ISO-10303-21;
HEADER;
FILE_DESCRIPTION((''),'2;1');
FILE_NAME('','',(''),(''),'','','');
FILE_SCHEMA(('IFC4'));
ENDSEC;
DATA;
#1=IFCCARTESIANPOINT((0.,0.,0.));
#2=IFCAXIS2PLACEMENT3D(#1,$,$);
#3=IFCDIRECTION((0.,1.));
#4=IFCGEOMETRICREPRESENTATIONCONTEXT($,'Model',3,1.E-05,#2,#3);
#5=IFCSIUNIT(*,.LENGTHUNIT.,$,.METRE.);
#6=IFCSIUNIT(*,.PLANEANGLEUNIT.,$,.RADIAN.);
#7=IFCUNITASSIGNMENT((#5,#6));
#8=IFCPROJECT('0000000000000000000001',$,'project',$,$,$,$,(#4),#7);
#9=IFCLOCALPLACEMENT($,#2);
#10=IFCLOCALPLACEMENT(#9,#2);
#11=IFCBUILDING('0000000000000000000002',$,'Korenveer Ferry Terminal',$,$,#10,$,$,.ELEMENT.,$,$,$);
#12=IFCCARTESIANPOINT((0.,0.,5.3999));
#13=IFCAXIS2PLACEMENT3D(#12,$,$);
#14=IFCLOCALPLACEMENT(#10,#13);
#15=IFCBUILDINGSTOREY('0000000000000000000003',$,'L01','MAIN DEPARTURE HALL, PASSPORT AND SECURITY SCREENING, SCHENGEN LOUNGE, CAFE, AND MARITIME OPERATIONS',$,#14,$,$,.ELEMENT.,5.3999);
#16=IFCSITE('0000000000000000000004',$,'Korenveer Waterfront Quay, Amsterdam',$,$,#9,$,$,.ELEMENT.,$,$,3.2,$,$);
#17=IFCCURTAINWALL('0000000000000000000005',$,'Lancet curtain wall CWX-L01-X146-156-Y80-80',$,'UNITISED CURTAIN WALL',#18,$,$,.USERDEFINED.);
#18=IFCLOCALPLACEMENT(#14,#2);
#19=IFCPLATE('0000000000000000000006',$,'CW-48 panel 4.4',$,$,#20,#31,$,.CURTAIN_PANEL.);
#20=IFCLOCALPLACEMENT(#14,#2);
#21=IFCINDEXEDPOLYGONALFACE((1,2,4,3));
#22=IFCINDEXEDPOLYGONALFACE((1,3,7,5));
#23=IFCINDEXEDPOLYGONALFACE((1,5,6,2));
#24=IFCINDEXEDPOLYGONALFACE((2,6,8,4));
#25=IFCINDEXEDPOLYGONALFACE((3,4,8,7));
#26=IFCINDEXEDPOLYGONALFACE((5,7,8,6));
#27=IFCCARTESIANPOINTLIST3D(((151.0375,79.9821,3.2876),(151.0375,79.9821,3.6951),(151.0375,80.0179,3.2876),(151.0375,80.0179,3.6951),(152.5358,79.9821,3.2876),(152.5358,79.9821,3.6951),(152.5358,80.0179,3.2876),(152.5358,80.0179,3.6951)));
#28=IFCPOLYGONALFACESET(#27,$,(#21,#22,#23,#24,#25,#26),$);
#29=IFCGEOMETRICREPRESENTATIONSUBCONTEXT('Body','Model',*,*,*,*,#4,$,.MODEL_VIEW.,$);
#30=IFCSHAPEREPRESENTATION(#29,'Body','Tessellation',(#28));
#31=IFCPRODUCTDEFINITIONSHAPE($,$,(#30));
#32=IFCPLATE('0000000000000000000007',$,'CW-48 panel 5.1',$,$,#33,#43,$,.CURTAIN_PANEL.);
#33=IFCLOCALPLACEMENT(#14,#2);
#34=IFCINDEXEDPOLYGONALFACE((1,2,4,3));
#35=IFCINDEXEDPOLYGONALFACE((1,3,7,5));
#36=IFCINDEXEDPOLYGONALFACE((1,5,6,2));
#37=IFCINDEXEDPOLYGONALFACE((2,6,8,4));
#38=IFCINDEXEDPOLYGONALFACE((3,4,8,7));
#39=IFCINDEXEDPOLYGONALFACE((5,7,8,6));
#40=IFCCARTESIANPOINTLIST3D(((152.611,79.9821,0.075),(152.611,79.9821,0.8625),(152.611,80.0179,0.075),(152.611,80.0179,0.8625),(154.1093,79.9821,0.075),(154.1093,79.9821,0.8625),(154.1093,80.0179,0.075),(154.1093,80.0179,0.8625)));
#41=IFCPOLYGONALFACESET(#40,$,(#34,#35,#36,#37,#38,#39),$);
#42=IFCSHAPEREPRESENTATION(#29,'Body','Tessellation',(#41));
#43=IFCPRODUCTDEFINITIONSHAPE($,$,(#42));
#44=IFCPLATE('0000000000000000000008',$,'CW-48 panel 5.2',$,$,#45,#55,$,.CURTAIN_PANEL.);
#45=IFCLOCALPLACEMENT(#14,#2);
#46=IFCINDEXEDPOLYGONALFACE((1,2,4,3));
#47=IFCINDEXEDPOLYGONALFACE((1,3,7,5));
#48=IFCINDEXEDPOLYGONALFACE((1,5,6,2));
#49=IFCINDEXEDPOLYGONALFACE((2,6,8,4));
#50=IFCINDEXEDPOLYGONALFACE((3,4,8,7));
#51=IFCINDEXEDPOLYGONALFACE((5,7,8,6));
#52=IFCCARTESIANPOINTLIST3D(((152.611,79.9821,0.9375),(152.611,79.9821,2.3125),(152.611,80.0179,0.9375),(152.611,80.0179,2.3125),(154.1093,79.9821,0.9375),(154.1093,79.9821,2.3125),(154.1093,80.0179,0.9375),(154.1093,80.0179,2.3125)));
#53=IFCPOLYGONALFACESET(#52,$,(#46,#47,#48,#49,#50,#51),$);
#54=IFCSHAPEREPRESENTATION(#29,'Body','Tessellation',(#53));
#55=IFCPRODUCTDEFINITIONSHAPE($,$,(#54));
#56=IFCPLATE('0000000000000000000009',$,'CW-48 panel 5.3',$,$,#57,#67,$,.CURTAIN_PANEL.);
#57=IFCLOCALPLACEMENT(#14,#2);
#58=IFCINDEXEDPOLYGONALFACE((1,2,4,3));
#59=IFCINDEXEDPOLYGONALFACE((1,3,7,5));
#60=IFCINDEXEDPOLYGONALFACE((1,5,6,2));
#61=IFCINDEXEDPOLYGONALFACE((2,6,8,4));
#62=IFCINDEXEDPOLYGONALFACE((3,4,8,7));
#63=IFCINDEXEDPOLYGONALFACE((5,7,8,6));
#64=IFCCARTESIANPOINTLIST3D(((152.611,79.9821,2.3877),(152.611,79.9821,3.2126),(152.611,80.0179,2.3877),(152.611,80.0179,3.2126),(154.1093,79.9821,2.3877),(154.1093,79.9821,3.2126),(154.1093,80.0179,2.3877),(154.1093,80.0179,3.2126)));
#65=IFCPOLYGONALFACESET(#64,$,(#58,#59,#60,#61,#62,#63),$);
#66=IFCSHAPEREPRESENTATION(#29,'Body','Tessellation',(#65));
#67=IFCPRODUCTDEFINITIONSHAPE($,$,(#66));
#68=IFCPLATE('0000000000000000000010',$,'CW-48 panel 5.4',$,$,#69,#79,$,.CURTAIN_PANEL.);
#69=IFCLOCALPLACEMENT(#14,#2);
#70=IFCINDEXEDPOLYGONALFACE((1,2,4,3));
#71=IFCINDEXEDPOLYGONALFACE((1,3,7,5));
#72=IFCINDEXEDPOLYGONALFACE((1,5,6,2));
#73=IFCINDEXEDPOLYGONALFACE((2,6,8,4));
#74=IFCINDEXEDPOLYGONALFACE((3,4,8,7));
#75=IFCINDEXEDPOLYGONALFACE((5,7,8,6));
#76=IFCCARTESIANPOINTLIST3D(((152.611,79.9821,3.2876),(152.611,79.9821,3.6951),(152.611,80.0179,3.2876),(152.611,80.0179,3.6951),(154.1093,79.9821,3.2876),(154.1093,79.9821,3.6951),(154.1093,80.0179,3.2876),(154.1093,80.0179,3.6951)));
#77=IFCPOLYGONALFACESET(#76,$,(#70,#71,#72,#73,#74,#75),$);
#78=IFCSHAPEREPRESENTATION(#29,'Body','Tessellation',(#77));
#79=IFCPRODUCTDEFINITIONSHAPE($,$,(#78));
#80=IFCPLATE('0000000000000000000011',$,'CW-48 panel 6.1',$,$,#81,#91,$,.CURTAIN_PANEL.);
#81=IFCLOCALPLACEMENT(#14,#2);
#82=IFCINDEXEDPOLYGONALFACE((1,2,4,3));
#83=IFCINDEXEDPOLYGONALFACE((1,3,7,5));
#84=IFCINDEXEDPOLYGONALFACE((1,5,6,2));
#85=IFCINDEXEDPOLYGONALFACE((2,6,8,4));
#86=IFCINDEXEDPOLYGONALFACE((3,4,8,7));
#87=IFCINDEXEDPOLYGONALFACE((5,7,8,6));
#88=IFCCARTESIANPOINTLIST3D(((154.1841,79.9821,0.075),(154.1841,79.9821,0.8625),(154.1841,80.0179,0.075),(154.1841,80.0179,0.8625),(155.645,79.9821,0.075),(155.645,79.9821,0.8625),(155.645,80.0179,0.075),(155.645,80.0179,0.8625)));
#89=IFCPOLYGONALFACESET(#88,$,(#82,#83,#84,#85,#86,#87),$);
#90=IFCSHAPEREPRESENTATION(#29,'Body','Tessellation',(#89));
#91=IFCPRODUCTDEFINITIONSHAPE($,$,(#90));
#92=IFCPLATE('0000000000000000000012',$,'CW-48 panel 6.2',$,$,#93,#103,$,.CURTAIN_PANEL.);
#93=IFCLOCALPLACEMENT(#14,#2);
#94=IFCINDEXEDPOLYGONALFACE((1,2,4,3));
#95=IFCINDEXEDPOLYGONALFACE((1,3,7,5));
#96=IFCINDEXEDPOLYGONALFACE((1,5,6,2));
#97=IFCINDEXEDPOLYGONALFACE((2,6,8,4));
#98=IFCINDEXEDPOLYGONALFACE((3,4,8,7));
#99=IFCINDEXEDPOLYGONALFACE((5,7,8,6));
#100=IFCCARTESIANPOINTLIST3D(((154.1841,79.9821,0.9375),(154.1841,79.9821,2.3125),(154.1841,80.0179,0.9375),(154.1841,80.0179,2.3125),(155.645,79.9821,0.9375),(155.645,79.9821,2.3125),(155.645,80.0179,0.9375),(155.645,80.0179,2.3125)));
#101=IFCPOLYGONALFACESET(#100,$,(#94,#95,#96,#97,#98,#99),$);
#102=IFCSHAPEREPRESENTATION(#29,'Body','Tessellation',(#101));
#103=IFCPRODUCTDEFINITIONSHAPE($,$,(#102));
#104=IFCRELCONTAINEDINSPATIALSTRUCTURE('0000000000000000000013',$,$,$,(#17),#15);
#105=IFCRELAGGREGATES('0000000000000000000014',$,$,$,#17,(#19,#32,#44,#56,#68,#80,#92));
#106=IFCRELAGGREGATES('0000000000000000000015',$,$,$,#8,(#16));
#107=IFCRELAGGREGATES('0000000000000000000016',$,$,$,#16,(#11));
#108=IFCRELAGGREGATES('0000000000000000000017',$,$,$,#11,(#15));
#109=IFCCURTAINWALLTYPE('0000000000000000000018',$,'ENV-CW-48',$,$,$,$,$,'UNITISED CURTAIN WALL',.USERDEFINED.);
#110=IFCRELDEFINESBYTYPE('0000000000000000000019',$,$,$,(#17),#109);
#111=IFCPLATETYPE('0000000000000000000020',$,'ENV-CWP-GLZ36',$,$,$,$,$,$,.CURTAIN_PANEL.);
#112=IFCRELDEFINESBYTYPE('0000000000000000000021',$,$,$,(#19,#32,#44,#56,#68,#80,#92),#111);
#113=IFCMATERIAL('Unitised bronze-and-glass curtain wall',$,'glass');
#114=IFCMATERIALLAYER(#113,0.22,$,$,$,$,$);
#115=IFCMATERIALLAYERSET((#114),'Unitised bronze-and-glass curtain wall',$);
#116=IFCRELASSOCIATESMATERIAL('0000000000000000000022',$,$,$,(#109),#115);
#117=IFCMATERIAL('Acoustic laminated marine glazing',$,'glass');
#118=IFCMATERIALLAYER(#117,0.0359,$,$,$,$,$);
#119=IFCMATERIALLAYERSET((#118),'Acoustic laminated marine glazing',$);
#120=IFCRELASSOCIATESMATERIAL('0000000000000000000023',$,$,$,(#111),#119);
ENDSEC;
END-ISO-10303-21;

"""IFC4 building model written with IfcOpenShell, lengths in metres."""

from ifc_helpers import new_model, si_unit, direction, frame, origin, origin_2d, place, context, subcontext, project, spatial, rectangle, extrude, material, layer, layer_set, type_object, element, aggregate, save


model = new_model("IFC4")

# Units and contexts
model_context = context("Model", 3, precision=1e-05, world=origin(), true_north=direction((0.0, 1.0)))
body_context = subcontext(model_context, "Body", "Model", "MODEL_VIEW")
ifc_project = project(units=[si_unit("LENGTHUNIT", "METRE"), si_unit("PLANEANGLEUNIT", "RADIAN")], contexts=[model_context])

# Site, building, storey
site_placement = place(None, origin())
site = spatial("IfcSite", under=ifc_project, at=site_placement, Name="Korenveer Waterfront Quay, Amsterdam", CompositionType="ELEMENT", RefElevation=3.2)
building_placement = place(site_placement, origin())
building = spatial("IfcBuilding", under=site, at=building_placement, Name="Korenveer Ferry Terminal", CompositionType="ELEMENT")
storey_placement = place(building_placement, frame((0.0, 0.0, 5.3999)))
storey = spatial("IfcBuildingStorey", under=building, at=storey_placement, Name="L01", Description="MAIN DEPARTURE HALL, PASSPORT AND SECURITY SCREENING, SCHENGEN LOUNGE, CAFE, AND MARITIME OPERATIONS", CompositionType="ELEMENT", Elevation=5.3999)

# Curtain wall, plates
ifc_material_1 = material(Name="Unitised bronze-and-glass curtain wall", Category="glass")
ifc_layer_1 = layer(ifc_material_1, 0.22)
ifc_layer_set_1 = layer_set([ifc_layer_1], Name="Unitised bronze-and-glass curtain wall")
curtain_wall_type = type_object("IfcCurtainWallType", Name="ENV-CW-48", ElementType="UNITISED CURTAIN WALL", PredefinedType="USERDEFINED", material=ifc_layer_set_1)
curtain_wall_placement = place(storey_placement, frame((146.28, 80.0, 0.0)))
curtain_wall = element("IfcCurtainWall", 1, at=curtain_wall_placement, inside=storey, type_object=curtain_wall_type, Name="Lancet curtain wall CWX-L01-X146-156-Y80-80", ObjectType="UNITISED CURTAIN WALL", PredefinedType="USERDEFINED")
ifc_material_2 = material(Name="Acoustic laminated marine glazing", Category="glass")
ifc_layer_2 = layer(ifc_material_2, 0.0359)
ifc_layer_set_2 = layer_set([ifc_layer_2], Name="Acoustic laminated marine glazing")
plate_type = type_object("IfcPlateType", Name="ENV-CWP-GLZ36", PredefinedType="CURTAIN_PANEL", material=ifc_layer_set_2)
plate_1_placement = place(storey_placement, frame((151.7866, 80.0, 3.2876), z_axis=(0.0, 0.0, 1.0), x_axis=(1.0, 0.0, 0.0)))
plate_1 = element("IfcPlate", 2, at=plate_1_placement, type_object=plate_type, Name="CW-48 panel 4.4", PredefinedType="CURTAIN_PANEL", context=body_context, shape_type="SweptSolid", body=[
    extrude(rectangle(XDim=1.4983, YDim=0.0359, at=origin_2d()), origin(), (0.0, 0.0, 1.0), 0.4075),
])
plate_2_placement = place(storey_placement, frame((153.3601, 80.0, 0.075), z_axis=(0.0, 0.0, 1.0), x_axis=(1.0, 0.0, 0.0)))
plate_2 = element("IfcPlate", 3, at=plate_2_placement, type_object=plate_type, Name="CW-48 panel 5.1", PredefinedType="CURTAIN_PANEL", context=body_context, shape_type="SweptSolid", body=[
    extrude(rectangle(XDim=1.4983, YDim=0.0359, at=origin_2d()), origin(), (0.0, 0.0, 1.0), 0.7876),
])
plate_3_placement = place(storey_placement, frame((153.3601, 80.0, 0.9375), z_axis=(0.0, 0.0, 1.0), x_axis=(1.0, 0.0, 0.0)))
plate_3 = element("IfcPlate", 4, at=plate_3_placement, type_object=plate_type, Name="CW-48 panel 5.2", PredefinedType="CURTAIN_PANEL", context=body_context, shape_type="SweptSolid", body=[
    extrude(rectangle(XDim=1.4983, YDim=0.0359, at=origin_2d()), origin(), (0.0, 0.0, 1.0), 1.375),
])
plate_4_placement = place(storey_placement, frame((153.3601, 80.0, 2.3877), z_axis=(0.0, 0.0, 1.0), x_axis=(1.0, 0.0, 0.0)))
plate_4 = element("IfcPlate", 5, at=plate_4_placement, type_object=plate_type, Name="CW-48 panel 5.3", PredefinedType="CURTAIN_PANEL", context=body_context, shape_type="SweptSolid", body=[
    extrude(rectangle(XDim=1.4983, YDim=0.0359, at=origin_2d()), origin(), (0.0, 0.0, 1.0), 0.825),
])
plate_5_placement = place(storey_placement, frame((153.3601, 80.0, 3.2876), z_axis=(0.0, 0.0, 1.0), x_axis=(1.0, 0.0, 0.0)))
plate_5 = element("IfcPlate", 6, at=plate_5_placement, type_object=plate_type, Name="CW-48 panel 5.4", PredefinedType="CURTAIN_PANEL", context=body_context, shape_type="SweptSolid", body=[
    extrude(rectangle(XDim=1.4983, YDim=0.0359, at=origin_2d()), origin(), (0.0, 0.0, 1.0), 0.4075),
])
plate_6_placement = place(storey_placement, frame((154.9146, 80.0, 0.075), z_axis=(0.0, 0.0, 1.0), x_axis=(1.0, 0.0, 0.0)))
plate_6 = element("IfcPlate", 7, at=plate_6_placement, type_object=plate_type, Name="CW-48 panel 6.1", PredefinedType="CURTAIN_PANEL", context=body_context, shape_type="SweptSolid", body=[
    extrude(rectangle(XDim=1.4609, YDim=0.0359, at=origin_2d()), origin(), (0.0, 0.0, 1.0), 0.7876),
])
plate_7_placement = place(storey_placement, frame((154.9146, 80.0, 0.9375), z_axis=(0.0, 0.0, 1.0), x_axis=(1.0, 0.0, 0.0)))
plate_7 = element("IfcPlate", 8, at=plate_7_placement, type_object=plate_type, Name="CW-48 panel 6.2", PredefinedType="CURTAIN_PANEL", context=body_context, shape_type="SweptSolid", body=[
    extrude(rectangle(XDim=1.4609, YDim=0.0359, at=origin_2d()), origin(), (0.0, 0.0, 1.0), 1.375),
])
aggregate(curtain_wall, [plate_1, plate_2, plate_3, plate_4, plate_5, plate_6, plate_7])

save(model, "model.ifc")
